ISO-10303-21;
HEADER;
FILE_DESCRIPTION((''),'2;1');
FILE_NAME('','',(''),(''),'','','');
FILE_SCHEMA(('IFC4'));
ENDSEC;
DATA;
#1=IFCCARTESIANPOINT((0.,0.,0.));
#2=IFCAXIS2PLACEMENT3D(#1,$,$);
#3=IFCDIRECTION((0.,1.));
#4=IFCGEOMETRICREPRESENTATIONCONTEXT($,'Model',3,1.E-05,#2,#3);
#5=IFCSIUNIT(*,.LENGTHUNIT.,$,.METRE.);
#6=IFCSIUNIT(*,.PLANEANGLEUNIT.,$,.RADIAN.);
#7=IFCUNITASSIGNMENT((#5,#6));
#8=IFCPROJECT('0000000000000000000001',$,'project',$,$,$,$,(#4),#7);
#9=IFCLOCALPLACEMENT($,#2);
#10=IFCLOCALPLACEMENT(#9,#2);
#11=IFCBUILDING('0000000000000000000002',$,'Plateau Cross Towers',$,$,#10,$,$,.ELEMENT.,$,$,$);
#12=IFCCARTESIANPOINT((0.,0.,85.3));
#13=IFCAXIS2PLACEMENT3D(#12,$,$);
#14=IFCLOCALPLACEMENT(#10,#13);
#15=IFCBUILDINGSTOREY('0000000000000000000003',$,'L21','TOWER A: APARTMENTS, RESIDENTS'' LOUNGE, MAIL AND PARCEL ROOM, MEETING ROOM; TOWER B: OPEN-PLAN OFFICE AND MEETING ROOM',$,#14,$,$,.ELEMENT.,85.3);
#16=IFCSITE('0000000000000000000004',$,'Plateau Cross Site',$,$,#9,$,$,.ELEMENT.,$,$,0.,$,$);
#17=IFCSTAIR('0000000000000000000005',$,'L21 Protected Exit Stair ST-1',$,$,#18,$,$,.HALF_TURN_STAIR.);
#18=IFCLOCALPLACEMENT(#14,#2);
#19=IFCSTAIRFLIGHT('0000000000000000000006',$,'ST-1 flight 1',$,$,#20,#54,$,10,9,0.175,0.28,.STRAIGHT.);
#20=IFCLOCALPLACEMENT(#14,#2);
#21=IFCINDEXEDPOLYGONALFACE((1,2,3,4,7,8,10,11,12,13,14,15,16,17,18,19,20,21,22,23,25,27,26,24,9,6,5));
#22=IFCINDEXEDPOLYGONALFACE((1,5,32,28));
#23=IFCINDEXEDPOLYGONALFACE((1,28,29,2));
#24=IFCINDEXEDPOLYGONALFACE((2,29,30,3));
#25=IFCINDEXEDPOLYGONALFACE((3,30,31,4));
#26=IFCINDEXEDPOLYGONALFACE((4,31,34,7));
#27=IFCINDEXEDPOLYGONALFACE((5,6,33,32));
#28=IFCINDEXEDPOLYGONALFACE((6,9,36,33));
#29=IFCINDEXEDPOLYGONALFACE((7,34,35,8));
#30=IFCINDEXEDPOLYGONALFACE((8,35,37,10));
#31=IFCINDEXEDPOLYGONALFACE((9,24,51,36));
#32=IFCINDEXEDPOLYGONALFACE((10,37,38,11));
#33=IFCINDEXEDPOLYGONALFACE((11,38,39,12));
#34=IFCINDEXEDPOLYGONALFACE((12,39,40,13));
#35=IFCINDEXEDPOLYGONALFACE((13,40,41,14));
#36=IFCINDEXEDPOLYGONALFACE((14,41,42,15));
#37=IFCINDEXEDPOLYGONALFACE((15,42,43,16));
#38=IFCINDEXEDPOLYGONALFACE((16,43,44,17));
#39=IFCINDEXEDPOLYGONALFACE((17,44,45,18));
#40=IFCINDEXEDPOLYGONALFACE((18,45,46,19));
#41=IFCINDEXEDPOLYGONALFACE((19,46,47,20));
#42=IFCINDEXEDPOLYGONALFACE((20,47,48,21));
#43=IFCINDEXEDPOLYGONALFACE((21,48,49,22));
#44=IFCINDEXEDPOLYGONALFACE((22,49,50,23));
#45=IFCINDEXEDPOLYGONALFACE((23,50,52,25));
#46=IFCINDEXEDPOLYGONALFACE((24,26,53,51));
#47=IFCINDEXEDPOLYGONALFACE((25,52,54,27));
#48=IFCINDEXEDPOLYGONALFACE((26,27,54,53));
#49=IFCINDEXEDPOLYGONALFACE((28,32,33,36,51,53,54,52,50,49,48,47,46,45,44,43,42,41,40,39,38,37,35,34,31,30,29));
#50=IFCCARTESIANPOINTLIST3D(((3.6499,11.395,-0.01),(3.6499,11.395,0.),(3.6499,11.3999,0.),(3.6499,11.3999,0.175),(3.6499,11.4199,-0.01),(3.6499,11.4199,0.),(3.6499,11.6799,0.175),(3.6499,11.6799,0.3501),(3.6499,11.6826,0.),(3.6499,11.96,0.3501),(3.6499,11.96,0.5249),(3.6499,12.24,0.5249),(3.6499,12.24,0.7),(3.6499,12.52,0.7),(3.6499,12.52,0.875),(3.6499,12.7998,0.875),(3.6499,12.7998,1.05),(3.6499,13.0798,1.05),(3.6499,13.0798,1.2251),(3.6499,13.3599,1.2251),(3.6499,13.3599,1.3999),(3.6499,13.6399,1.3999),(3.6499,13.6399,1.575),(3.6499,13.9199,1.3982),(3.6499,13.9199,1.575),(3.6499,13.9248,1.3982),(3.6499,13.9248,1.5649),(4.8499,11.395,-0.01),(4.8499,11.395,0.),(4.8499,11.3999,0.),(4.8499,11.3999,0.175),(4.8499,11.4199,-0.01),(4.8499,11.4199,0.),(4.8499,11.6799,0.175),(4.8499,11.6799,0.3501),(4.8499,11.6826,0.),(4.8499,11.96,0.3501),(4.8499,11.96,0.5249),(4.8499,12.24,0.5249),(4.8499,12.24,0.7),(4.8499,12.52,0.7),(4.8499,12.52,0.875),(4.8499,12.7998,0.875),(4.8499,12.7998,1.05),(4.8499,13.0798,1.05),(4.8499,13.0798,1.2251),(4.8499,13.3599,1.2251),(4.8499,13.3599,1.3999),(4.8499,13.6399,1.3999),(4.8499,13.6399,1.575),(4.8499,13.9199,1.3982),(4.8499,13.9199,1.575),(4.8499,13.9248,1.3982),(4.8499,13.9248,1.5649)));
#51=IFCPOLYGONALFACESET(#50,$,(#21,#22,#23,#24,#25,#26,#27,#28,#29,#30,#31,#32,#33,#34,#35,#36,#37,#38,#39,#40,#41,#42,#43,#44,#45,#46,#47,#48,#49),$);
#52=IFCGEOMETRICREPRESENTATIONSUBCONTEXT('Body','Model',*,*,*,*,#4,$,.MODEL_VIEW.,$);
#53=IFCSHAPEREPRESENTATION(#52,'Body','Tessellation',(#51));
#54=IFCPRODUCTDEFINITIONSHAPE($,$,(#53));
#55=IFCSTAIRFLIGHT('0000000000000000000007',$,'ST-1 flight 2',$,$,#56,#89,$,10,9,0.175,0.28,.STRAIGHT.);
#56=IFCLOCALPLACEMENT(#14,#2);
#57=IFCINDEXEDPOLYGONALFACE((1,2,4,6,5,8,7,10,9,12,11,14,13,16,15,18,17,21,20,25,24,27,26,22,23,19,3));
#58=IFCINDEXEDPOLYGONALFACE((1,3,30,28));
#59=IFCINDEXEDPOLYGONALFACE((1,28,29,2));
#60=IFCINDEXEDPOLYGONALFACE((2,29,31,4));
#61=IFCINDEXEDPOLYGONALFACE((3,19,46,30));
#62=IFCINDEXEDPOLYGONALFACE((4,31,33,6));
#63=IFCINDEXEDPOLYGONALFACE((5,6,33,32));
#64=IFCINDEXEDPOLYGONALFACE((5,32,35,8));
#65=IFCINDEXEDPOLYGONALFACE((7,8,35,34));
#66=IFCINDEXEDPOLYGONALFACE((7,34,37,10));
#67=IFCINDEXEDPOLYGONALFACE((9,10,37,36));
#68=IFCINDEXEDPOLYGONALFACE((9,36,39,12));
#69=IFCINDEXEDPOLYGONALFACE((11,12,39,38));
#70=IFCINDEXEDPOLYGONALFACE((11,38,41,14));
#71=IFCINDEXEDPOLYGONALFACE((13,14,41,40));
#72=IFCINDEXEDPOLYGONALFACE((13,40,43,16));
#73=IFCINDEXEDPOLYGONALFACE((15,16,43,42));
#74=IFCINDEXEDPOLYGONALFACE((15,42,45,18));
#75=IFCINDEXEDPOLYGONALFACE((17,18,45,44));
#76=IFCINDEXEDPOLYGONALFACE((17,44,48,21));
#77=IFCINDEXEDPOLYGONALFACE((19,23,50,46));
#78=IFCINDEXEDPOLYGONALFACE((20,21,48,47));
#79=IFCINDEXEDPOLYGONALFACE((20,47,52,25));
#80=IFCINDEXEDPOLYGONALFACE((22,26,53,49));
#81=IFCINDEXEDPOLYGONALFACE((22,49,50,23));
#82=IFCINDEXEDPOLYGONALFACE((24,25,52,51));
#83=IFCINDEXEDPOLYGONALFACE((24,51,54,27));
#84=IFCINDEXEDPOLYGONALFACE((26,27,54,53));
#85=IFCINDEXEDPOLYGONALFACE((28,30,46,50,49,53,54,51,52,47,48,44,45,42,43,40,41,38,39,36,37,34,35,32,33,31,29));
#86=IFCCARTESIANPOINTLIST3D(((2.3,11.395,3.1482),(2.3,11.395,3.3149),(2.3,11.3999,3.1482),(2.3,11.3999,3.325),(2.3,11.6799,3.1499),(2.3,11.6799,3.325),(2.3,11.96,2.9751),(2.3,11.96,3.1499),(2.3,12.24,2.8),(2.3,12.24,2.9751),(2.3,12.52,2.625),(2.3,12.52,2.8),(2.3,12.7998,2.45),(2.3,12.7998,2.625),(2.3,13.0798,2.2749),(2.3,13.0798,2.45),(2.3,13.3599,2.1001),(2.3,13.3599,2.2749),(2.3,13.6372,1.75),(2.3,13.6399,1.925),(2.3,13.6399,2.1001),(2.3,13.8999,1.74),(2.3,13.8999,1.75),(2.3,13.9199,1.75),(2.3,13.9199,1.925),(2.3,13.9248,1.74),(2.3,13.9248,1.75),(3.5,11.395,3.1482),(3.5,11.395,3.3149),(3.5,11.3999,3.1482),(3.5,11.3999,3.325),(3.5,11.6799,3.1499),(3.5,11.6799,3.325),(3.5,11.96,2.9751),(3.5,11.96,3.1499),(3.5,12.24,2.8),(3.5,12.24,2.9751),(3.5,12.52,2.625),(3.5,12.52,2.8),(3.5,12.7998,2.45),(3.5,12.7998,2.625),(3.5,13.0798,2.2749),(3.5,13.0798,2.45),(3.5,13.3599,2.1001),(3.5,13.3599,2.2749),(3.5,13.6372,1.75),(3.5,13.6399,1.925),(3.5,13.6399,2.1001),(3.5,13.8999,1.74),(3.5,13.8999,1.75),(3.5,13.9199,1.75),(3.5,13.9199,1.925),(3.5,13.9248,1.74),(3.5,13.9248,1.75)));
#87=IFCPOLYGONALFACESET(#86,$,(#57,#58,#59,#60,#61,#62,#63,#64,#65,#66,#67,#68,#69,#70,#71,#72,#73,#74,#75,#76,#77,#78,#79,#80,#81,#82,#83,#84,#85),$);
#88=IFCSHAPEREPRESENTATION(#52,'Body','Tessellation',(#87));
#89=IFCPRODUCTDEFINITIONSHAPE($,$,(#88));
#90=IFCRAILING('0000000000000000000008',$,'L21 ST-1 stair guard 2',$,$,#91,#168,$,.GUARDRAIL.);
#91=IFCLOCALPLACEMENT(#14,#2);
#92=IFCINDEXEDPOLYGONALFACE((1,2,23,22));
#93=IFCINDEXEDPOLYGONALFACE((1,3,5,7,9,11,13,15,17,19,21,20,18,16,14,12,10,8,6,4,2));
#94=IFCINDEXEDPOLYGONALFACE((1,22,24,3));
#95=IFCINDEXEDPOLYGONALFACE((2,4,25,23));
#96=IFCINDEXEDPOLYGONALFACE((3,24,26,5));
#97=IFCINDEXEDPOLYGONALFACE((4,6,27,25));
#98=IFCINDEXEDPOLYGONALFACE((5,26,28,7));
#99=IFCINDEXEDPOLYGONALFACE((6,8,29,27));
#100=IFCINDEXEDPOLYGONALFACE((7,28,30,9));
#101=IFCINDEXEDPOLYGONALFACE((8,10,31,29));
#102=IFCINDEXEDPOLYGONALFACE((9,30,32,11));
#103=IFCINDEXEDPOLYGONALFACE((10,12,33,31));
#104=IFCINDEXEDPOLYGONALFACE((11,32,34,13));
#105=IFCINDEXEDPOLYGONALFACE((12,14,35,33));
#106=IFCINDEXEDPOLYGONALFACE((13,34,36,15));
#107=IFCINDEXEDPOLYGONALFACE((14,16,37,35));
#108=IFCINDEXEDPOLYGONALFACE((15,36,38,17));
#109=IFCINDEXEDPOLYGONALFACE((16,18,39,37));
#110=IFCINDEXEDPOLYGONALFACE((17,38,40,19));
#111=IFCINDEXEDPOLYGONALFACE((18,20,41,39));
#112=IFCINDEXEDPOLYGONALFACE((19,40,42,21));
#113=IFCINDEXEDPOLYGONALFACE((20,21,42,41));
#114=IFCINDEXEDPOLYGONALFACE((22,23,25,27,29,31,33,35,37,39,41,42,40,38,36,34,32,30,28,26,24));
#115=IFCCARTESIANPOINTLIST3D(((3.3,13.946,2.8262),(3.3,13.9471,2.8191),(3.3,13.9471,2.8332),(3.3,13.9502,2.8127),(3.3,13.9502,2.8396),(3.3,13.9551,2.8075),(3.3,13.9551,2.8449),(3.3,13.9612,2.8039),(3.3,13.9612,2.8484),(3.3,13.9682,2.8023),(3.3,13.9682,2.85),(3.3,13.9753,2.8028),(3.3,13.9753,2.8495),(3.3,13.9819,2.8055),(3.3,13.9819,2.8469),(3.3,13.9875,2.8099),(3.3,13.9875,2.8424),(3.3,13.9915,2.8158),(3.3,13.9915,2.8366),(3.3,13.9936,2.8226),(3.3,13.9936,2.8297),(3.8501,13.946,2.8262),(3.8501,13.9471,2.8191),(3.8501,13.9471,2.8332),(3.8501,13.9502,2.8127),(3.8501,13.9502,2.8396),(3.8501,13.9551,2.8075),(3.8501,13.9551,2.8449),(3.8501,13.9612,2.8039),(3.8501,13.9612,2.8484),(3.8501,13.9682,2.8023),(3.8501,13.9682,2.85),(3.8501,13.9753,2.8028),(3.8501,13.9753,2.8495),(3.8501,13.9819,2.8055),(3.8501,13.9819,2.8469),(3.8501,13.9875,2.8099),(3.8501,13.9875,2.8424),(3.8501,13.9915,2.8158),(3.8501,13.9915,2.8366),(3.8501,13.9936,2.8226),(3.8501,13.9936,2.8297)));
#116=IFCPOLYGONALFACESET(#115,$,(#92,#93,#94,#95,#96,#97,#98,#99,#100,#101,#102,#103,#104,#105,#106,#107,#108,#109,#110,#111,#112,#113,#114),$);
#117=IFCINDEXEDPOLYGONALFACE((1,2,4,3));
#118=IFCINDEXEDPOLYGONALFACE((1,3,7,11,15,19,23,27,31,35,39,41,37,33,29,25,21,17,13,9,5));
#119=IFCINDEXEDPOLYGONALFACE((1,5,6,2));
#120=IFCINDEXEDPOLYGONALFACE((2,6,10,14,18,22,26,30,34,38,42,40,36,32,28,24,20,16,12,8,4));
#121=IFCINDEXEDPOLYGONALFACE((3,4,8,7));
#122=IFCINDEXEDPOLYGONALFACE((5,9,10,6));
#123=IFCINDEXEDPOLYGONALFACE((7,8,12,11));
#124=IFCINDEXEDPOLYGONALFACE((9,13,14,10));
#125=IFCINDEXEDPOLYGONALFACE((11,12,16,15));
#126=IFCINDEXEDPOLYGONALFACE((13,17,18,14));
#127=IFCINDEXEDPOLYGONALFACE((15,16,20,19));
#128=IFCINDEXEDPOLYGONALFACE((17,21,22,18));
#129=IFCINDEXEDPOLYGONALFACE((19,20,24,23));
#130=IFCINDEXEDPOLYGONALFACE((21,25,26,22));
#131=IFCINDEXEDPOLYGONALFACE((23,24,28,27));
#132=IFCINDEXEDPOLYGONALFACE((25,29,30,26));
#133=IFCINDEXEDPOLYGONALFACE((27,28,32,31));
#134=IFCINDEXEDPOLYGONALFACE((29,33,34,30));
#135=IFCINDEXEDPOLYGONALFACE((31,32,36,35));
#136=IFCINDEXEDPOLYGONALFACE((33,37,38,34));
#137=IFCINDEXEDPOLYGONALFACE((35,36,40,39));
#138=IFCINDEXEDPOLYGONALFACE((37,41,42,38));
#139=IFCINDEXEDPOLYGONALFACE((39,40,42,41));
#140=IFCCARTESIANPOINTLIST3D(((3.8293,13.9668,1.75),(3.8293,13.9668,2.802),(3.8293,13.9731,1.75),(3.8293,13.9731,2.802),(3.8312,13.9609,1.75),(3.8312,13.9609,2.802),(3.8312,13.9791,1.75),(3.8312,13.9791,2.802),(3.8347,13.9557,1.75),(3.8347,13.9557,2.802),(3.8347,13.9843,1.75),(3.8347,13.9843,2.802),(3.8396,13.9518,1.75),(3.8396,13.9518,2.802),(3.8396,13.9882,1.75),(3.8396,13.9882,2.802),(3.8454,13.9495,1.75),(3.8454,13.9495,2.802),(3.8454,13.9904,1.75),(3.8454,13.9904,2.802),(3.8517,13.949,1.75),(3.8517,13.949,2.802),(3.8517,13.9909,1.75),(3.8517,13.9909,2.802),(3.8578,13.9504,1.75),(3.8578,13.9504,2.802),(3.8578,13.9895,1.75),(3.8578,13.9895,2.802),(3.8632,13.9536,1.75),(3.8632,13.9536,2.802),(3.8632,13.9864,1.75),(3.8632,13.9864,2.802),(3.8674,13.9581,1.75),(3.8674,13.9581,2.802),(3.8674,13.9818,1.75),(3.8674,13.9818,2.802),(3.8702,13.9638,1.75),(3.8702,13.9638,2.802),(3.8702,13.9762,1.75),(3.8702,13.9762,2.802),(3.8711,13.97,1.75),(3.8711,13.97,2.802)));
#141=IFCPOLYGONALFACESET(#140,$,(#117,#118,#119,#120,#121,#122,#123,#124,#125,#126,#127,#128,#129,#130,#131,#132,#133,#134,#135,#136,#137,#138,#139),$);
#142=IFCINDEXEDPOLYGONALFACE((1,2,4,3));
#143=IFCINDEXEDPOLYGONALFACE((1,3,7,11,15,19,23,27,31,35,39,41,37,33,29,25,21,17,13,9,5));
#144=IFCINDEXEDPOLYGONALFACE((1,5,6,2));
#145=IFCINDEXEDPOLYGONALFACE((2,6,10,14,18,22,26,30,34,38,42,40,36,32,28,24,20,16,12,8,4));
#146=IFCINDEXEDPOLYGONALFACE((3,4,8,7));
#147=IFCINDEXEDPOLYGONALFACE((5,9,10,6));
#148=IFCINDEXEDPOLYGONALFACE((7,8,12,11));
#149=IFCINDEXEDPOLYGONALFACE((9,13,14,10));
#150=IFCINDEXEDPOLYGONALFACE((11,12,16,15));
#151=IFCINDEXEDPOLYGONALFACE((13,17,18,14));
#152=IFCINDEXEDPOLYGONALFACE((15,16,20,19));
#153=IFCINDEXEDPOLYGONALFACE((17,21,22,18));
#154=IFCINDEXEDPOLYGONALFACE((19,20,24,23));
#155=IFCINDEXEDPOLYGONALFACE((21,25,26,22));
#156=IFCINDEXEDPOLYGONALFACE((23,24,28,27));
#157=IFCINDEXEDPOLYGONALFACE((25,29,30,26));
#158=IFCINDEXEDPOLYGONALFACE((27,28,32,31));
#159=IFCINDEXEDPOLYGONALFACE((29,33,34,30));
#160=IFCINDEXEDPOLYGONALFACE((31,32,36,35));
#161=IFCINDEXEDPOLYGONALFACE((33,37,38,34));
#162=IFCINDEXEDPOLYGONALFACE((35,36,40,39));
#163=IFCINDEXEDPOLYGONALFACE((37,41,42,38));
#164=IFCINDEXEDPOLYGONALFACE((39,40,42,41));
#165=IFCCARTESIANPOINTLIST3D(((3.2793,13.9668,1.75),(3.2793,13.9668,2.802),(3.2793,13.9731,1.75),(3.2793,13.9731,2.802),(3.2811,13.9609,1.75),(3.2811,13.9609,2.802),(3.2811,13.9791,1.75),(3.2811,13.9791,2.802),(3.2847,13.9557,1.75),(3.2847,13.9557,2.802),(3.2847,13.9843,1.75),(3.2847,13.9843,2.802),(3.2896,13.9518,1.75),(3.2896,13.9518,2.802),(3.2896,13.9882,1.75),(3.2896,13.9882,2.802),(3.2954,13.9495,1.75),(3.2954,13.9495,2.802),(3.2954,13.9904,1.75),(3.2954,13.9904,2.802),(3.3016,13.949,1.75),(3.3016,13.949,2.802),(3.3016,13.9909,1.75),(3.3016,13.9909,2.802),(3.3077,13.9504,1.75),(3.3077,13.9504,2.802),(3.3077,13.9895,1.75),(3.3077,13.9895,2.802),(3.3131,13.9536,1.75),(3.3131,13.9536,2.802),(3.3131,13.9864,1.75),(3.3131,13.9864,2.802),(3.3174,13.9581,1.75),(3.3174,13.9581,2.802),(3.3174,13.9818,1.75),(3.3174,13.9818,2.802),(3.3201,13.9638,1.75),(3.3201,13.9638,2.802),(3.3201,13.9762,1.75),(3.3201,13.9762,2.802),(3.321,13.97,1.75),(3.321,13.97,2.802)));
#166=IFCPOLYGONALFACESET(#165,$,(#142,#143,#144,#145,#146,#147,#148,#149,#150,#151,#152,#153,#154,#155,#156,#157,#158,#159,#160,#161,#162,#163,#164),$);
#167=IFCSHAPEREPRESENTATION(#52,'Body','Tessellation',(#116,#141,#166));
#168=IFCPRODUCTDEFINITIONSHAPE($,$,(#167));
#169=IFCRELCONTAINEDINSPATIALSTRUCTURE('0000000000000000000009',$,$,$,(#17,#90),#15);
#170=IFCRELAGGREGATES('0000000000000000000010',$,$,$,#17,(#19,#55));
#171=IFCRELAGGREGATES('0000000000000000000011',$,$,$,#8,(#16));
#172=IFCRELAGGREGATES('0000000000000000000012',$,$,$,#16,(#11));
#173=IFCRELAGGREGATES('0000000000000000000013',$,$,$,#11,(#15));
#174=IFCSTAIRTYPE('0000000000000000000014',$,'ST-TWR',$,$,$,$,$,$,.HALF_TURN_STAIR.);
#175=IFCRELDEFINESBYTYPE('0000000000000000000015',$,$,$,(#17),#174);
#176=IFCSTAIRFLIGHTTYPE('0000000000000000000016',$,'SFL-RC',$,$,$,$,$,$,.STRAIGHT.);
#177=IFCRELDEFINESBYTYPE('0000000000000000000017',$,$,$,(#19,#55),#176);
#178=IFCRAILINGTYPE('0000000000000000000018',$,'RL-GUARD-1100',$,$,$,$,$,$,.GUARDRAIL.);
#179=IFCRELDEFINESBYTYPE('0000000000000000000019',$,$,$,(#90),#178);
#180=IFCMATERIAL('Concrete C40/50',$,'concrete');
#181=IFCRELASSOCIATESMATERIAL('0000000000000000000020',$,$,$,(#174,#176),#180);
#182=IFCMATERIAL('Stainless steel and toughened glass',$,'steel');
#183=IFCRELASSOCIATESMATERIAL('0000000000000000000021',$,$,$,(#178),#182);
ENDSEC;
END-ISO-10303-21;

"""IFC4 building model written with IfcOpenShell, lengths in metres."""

from ifc_helpers import new_model, si_unit, direction, frame, origin, origin_2d, place, context, subcontext, project, spatial, polyline, circle, outline, extrude, material, type_object, element, aggregate, save


model = new_model("IFC4")

# Units and contexts
model_context = context("Model", 3, precision=1e-05, world=origin(), true_north=direction((0.0, 1.0)))
body_context = subcontext(model_context, "Body", "Model", "MODEL_VIEW")
ifc_project = project(units=[si_unit("LENGTHUNIT", "METRE"), si_unit("PLANEANGLEUNIT", "RADIAN")], contexts=[model_context])

# Site, building, storey
site_placement = place(None, origin())
site = spatial("IfcSite", under=ifc_project, at=site_placement, Name="Plateau Cross Site", CompositionType="ELEMENT", RefElevation=0.0)
building_placement = place(site_placement, origin())
building = spatial("IfcBuilding", under=site, at=building_placement, Name="Plateau Cross Towers", CompositionType="ELEMENT")
storey_placement = place(building_placement, frame((0.0, 0.0, 85.3)))
storey = spatial("IfcBuildingStorey", under=building, at=storey_placement, Name="L21", Description="TOWER A: APARTMENTS, RESIDENTS' LOUNGE, MAIL AND PARCEL ROOM, MEETING ROOM; TOWER B: OPEN-PLAN OFFICE AND MEETING ROOM", CompositionType="ELEMENT", Elevation=85.3)

# Stair, stair flights
ifc_material_1 = material(Name="Concrete C40/50", Category="concrete")
stair_type = type_object("IfcStairType", Name="ST-TWR", PredefinedType="HALF_TURN_STAIR", material=ifc_material_1)
stair_placement = place(storey_placement, origin())
stair = element("IfcStair", 1, at=stair_placement, inside=storey, type_object=stair_type, Name="L21 Protected Exit Stair ST-1", PredefinedType="HALF_TURN_STAIR")
stair_flight_type = type_object("IfcStairFlightType", Name="SFL-RC", PredefinedType="STRAIGHT", material=ifc_material_1)
stair_flight_1_placement = place(storey_placement, frame((4.25, 11.3999, 0.0), z_axis=(0.0, 0.0, 1.0), x_axis=(0.0, 1.0, 0.0)))
stair_flight_1 = element("IfcStairFlight", 2, at=stair_flight_1_placement, type_object=stair_flight_type, Name="ST-1 flight 1", NumberOfRisers=10, NumberOfTreads=9, PredefinedType="STRAIGHT", RiserHeight=0.175, TreadLength=0.28, context=body_context, shape_type="SweptSolid", body=[
    extrude(outline(polyline([(-0.0049, -0.01), (-0.0049, 0.0), (0.0, 0.0), (0.0, 0.175), (0.28, 0.175), (0.28, 0.3501), (0.5601, 0.3501), (0.5601, 0.5249), (0.8401, 0.5249), (0.8401, 0.7), (1.1201, 0.7), (1.1201, 0.875), (1.3999, 0.875), (1.3999, 1.05), (1.6799, 1.05), (1.6799, 1.2251), (1.96, 1.2251), (1.96, 1.3999), (2.24, 1.3999), (2.24, 1.575), (2.52, 1.575), (2.5249, 1.5649), (2.5249, 1.3982), (2.52, 1.3982), (0.2827, 0.0), (0.02, 0.0), (0.02, -0.01), (-0.0049, -0.01)])), frame((0.0, 0.6001, 0.0), z_axis=(0.0, -1.0, 0.0), x_axis=(1.0, 0.0, 0.0)), (0.0, 0.0, 1.0), 1.2),
])
stair_flight_2_placement = place(storey_placement, frame((2.8999, 13.9199, 1.75), z_axis=(0.0, 0.0, 1.0), x_axis=(0.0, -1.0, 0.0)))
stair_flight_2 = element("IfcStairFlight", 3, at=stair_flight_2_placement, type_object=stair_flight_type, Name="ST-1 flight 2", NumberOfRisers=10, NumberOfTreads=9, PredefinedType="STRAIGHT", RiserHeight=0.175, TreadLength=0.28, context=body_context, shape_type="SweptSolid", body=[
    extrude(outline(polyline([(-0.0049, -0.01), (-0.0049, 0.0), (0.0, 0.0), (0.0, 0.175), (0.28, 0.175), (0.28, 0.3501), (0.5601, 0.3501), (0.5601, 0.5249), (0.8401, 0.5249), (0.8401, 0.7), (1.1201, 0.7), (1.1201, 0.875), (1.3999, 0.875), (1.3999, 1.05), (1.6799, 1.05), (1.6799, 1.2251), (1.96, 1.2251), (1.96, 1.3999), (2.24, 1.3999), (2.24, 1.575), (2.52, 1.575), (2.5249, 1.5649), (2.5249, 1.3982), (2.52, 1.3982), (0.2827, 0.0), (0.02, 0.0), (0.02, -0.01), (-0.0049, -0.01)])), frame((0.0, 0.6001, 0.0), z_axis=(0.0, -1.0, 0.0), x_axis=(1.0, 0.0, 0.0)), (0.0, 0.0, 1.0), 1.2),
])
aggregate(stair, [stair_flight_1, stair_flight_2])

# Railing
ifc_material_2 = material(Name="Stainless steel and toughened glass", Category="steel")
railing_type_1 = type_object("IfcRailingType", Name="RL-GUARD-1100", PredefinedType="GUARDRAIL", material=ifc_material_2)
railing_1_placement = place(storey_placement, frame((3.8501, 13.97, 1.75)))
element("IfcRailing", 4, at=railing_1_placement, inside=storey, type_object=railing_type_1, Name="L21 ST-1 stair guard 2", PredefinedType="GUARDRAIL", context=body_context, shape_type="SweptSolid", body=[
    extrude(circle(Radius=0.0239, at=origin_2d()), frame((0.0, 0.0, 1.0762), z_axis=(-1.0, 0.0, 0.0), x_axis=(0.0, -1.0, 0.0)), (0.0, 0.0, 1.0), 0.55),
    extrude(circle(Radius=0.021, at=origin_2d()), origin(), (0.0, 0.0, 1.0), 1.052),
    extrude(circle(Radius=0.021, at=origin_2d()), frame((-0.55, 0.0, 0.0)), (0.0, 0.0, 1.0), 1.052),
])

save(model, "model.ifc")
